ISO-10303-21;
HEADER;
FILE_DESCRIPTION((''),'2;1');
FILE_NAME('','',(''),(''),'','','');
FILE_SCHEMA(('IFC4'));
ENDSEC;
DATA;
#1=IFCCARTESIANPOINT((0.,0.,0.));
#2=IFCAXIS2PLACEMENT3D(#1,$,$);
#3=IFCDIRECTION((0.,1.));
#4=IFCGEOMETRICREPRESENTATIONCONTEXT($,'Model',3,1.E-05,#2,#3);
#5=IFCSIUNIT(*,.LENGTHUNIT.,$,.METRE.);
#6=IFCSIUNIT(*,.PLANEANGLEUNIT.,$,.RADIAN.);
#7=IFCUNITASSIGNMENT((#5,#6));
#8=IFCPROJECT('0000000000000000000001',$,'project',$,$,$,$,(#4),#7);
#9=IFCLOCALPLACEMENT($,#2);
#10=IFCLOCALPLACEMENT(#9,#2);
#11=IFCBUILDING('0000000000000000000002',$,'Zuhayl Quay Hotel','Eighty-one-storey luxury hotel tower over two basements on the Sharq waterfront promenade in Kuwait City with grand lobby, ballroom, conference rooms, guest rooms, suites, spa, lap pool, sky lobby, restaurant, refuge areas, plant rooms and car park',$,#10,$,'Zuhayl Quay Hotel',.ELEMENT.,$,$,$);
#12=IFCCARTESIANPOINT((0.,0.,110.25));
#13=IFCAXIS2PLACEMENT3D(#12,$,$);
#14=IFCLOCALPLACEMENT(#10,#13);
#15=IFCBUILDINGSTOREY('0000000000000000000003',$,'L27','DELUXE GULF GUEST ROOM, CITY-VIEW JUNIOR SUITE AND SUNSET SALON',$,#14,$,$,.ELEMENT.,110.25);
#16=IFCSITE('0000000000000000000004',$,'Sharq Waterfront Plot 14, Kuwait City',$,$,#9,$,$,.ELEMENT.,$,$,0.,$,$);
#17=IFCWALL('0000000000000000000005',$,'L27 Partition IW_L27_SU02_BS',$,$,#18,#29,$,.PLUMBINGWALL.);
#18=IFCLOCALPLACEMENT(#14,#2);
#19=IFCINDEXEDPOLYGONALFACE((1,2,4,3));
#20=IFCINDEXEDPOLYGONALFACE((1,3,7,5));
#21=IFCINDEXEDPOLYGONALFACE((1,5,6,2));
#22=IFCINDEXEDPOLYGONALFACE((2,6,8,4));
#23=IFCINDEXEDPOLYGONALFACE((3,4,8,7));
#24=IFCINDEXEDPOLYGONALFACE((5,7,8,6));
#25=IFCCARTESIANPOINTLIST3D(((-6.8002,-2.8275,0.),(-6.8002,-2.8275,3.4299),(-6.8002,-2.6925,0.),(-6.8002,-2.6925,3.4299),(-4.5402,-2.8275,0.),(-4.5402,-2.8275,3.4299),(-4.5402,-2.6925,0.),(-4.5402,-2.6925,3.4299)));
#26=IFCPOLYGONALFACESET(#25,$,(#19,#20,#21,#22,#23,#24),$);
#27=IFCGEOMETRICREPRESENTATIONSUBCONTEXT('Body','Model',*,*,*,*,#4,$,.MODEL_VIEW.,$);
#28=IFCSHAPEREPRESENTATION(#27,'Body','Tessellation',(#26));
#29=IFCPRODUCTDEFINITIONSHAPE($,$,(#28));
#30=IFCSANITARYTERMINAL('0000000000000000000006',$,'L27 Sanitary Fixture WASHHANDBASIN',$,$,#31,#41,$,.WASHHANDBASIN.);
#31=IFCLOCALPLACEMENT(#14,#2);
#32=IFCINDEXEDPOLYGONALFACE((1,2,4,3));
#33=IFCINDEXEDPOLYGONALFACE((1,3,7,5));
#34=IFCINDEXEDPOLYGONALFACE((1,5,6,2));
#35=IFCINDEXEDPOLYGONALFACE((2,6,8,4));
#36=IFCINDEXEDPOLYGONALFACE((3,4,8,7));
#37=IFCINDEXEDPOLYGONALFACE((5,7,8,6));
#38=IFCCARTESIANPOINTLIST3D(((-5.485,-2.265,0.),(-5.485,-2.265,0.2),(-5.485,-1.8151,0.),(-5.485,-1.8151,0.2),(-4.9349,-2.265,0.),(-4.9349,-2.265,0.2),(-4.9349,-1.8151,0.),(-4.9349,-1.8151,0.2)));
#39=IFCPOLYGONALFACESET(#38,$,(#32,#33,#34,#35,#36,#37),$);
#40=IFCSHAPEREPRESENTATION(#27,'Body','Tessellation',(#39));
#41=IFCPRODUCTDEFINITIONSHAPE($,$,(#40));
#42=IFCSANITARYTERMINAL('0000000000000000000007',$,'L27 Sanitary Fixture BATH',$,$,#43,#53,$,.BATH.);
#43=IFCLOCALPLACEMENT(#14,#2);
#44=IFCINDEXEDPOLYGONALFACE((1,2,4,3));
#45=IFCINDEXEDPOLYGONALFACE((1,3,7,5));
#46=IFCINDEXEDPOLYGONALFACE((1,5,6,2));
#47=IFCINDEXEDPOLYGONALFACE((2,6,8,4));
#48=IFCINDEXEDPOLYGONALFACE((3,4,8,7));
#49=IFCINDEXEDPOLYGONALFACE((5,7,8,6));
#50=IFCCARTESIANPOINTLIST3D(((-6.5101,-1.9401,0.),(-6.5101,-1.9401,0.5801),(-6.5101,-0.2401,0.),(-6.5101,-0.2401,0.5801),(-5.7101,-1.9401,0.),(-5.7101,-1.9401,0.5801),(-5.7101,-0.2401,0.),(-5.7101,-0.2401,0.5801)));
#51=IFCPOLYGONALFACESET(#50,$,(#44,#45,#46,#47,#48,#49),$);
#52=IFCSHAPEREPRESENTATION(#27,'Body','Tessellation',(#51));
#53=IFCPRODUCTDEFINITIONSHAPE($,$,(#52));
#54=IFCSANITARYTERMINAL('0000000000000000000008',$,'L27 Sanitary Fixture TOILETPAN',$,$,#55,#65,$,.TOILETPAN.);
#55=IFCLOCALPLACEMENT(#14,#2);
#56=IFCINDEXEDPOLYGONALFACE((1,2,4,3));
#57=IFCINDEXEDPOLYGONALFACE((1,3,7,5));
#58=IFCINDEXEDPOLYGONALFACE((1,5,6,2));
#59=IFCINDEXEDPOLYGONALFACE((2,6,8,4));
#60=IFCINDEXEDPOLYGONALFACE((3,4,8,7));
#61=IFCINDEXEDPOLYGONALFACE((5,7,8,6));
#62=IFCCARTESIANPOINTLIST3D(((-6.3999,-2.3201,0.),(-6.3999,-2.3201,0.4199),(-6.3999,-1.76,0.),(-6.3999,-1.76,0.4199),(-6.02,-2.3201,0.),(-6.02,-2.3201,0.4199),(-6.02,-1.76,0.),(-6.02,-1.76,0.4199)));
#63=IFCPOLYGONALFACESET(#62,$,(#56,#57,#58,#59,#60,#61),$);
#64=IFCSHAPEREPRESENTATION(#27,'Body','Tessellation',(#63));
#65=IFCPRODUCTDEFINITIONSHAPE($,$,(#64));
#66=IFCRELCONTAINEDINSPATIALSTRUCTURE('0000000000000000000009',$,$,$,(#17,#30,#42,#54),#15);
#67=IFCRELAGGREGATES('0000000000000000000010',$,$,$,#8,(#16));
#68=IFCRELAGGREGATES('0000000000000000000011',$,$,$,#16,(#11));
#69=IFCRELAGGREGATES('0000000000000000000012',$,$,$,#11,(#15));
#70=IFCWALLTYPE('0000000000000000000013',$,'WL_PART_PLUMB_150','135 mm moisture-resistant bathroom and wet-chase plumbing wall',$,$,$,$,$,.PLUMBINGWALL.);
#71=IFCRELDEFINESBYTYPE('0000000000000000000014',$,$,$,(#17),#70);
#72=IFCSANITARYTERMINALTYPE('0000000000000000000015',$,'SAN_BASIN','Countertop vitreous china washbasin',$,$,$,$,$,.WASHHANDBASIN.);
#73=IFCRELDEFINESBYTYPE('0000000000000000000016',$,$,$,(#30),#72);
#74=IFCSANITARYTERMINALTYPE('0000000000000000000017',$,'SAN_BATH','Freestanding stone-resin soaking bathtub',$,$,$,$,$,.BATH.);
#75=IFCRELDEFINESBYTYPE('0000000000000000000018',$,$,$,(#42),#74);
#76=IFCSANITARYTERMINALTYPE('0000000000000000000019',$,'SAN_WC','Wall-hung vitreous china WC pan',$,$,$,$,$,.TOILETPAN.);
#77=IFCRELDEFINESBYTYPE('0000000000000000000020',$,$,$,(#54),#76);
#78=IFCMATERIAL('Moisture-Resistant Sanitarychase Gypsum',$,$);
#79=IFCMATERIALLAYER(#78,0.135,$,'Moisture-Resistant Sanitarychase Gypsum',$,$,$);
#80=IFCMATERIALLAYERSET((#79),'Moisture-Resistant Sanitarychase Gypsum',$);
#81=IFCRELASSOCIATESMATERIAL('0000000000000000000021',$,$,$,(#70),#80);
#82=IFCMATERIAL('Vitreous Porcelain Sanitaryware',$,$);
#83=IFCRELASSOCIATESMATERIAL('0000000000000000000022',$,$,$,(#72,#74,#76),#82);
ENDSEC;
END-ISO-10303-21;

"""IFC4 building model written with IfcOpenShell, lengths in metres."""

from ifc_helpers import new_model, si_unit, direction, frame, frame_2d, origin, origin_2d, place, context, subcontext, project, spatial, rectangle, extrude, material, layer, layer_set, type_object, element, save


model = new_model("IFC4")

# Units and contexts
model_context = context("Model", 3, precision=1e-05, world=origin(), true_north=direction((0.0, 1.0)))
body_context = subcontext(model_context, "Body", "Model", "MODEL_VIEW")
ifc_project = project(units=[si_unit("LENGTHUNIT", "METRE"), si_unit("PLANEANGLEUNIT", "RADIAN")], contexts=[model_context])

# Site, building, storey
site_placement = place(None, origin())
site = spatial("IfcSite", under=ifc_project, at=site_placement, Name="Sharq Waterfront Plot 14, Kuwait City", CompositionType="ELEMENT", RefElevation=0.0)
building_placement = place(site_placement, origin())
building = spatial("IfcBuilding", under=site, at=building_placement, Name="Zuhayl Quay Hotel", Description="Eighty-one-storey luxury hotel tower over two basements on the Sharq waterfront promenade in Kuwait City with grand lobby, ballroom, conference rooms, guest rooms, suites, spa, lap pool, sky lobby, restaurant, refuge areas, plant rooms and car park", LongName="Zuhayl Quay Hotel", CompositionType="ELEMENT")
storey_placement = place(building_placement, frame((0.0, 0.0, 110.25)))
storey = spatial("IfcBuildingStorey", under=building, at=storey_placement, Name="L27", Description="DELUXE GULF GUEST ROOM, CITY-VIEW JUNIOR SUITE AND SUNSET SALON", CompositionType="ELEMENT", Elevation=110.25)

# Shared definitions
ifc_material_1 = material(Name="Moisture-Resistant Sanitarychase Gypsum")
ifc_layer_1 = layer(ifc_material_1, 0.135, Name="Moisture-Resistant Sanitarychase Gypsum")
ifc_layer_set_1 = layer_set([ifc_layer_1], Name="Moisture-Resistant Sanitarychase Gypsum")
wall_type_1 = type_object("IfcWallType", Name="WL_PART_PLUMB_150", Description="135 mm moisture-resistant bathroom and wet-chase plumbing wall", PredefinedType="PLUMBINGWALL", material=ifc_layer_set_1)

# Wall
wall_1_placement = place(storey_placement, frame((-6.8, -2.76, 0.0), z_axis=(0.0, 0.0, 1.0), x_axis=(1.0, 0.0, 0.0)))
element("IfcWall", 1, at=wall_1_placement, inside=storey, type_object=wall_type_1, Name="L27 Partition IW_L27_SU02_BS", PredefinedType="PLUMBINGWALL", context=body_context, shape_type="SweptSolid", body=[
    extrude(rectangle(XDim=2.26, YDim=0.135, at=frame_2d((1.1299, 0.0))), origin(), (0.0, 0.0, 1.0), 3.4299),
])

# Sanitary terminals
ifc_material_2 = material(Name="Vitreous Porcelain Sanitaryware")
sanitary_terminal_type_1 = type_object("IfcSanitaryTerminalType", Name="SAN_BASIN", Description="Countertop vitreous china washbasin", PredefinedType="WASHHANDBASIN", material=ifc_material_2)
sanitary_terminal_1_placement = place(storey_placement, frame((-5.21, -2.04, 0.0), z_axis=(0.0, 0.0, 1.0), x_axis=(1.0, 0.0, 0.0)))
element("IfcSanitaryTerminal", 2, at=sanitary_terminal_1_placement, inside=storey, type_object=sanitary_terminal_type_1, Name="L27 Sanitary Fixture WASHHANDBASIN", PredefinedType="WASHHANDBASIN", context=body_context, shape_type="SweptSolid", body=[
    extrude(rectangle(XDim=0.55, YDim=0.45, at=origin_2d()), origin(), (0.0, 0.0, 1.0), 0.2),
])
sanitary_terminal_type_2 = type_object("IfcSanitaryTerminalType", Name="SAN_BATH", Description="Freestanding stone-resin soaking bathtub", PredefinedType="BATH", material=ifc_material_2)
sanitary_terminal_2_placement = place(storey_placement, frame((-6.1101, -1.0901, 0.0), z_axis=(0.0, 0.0, 1.0), x_axis=(1.0, 0.0, 0.0)))
element("IfcSanitaryTerminal", 3, at=sanitary_terminal_2_placement, inside=storey, type_object=sanitary_terminal_type_2, Name="L27 Sanitary Fixture BATH", PredefinedType="BATH", context=body_context, shape_type="SweptSolid", body=[
    extrude(rectangle(XDim=0.8, YDim=1.7, at=origin_2d()), origin(), (0.0, 0.0, 1.0), 0.5801),
])
sanitary_terminal_type_3 = type_object("IfcSanitaryTerminalType", Name="SAN_WC", Description="Wall-hung vitreous china WC pan", PredefinedType="TOILETPAN", material=ifc_material_2)
sanitary_terminal_3_placement = place(storey_placement, frame((-6.21, -2.04, 0.0), z_axis=(0.0, 0.0, 1.0), x_axis=(1.0, 0.0, 0.0)))
element("IfcSanitaryTerminal", 4, at=sanitary_terminal_3_placement, inside=storey, type_object=sanitary_terminal_type_3, Name="L27 Sanitary Fixture TOILETPAN", PredefinedType="TOILETPAN", context=body_context, shape_type="SweptSolid", body=[
    extrude(rectangle(XDim=0.3799, YDim=0.5601, at=origin_2d()), origin(), (0.0, 0.0, 1.0), 0.4199),
])

save(model, "model.ifc")
